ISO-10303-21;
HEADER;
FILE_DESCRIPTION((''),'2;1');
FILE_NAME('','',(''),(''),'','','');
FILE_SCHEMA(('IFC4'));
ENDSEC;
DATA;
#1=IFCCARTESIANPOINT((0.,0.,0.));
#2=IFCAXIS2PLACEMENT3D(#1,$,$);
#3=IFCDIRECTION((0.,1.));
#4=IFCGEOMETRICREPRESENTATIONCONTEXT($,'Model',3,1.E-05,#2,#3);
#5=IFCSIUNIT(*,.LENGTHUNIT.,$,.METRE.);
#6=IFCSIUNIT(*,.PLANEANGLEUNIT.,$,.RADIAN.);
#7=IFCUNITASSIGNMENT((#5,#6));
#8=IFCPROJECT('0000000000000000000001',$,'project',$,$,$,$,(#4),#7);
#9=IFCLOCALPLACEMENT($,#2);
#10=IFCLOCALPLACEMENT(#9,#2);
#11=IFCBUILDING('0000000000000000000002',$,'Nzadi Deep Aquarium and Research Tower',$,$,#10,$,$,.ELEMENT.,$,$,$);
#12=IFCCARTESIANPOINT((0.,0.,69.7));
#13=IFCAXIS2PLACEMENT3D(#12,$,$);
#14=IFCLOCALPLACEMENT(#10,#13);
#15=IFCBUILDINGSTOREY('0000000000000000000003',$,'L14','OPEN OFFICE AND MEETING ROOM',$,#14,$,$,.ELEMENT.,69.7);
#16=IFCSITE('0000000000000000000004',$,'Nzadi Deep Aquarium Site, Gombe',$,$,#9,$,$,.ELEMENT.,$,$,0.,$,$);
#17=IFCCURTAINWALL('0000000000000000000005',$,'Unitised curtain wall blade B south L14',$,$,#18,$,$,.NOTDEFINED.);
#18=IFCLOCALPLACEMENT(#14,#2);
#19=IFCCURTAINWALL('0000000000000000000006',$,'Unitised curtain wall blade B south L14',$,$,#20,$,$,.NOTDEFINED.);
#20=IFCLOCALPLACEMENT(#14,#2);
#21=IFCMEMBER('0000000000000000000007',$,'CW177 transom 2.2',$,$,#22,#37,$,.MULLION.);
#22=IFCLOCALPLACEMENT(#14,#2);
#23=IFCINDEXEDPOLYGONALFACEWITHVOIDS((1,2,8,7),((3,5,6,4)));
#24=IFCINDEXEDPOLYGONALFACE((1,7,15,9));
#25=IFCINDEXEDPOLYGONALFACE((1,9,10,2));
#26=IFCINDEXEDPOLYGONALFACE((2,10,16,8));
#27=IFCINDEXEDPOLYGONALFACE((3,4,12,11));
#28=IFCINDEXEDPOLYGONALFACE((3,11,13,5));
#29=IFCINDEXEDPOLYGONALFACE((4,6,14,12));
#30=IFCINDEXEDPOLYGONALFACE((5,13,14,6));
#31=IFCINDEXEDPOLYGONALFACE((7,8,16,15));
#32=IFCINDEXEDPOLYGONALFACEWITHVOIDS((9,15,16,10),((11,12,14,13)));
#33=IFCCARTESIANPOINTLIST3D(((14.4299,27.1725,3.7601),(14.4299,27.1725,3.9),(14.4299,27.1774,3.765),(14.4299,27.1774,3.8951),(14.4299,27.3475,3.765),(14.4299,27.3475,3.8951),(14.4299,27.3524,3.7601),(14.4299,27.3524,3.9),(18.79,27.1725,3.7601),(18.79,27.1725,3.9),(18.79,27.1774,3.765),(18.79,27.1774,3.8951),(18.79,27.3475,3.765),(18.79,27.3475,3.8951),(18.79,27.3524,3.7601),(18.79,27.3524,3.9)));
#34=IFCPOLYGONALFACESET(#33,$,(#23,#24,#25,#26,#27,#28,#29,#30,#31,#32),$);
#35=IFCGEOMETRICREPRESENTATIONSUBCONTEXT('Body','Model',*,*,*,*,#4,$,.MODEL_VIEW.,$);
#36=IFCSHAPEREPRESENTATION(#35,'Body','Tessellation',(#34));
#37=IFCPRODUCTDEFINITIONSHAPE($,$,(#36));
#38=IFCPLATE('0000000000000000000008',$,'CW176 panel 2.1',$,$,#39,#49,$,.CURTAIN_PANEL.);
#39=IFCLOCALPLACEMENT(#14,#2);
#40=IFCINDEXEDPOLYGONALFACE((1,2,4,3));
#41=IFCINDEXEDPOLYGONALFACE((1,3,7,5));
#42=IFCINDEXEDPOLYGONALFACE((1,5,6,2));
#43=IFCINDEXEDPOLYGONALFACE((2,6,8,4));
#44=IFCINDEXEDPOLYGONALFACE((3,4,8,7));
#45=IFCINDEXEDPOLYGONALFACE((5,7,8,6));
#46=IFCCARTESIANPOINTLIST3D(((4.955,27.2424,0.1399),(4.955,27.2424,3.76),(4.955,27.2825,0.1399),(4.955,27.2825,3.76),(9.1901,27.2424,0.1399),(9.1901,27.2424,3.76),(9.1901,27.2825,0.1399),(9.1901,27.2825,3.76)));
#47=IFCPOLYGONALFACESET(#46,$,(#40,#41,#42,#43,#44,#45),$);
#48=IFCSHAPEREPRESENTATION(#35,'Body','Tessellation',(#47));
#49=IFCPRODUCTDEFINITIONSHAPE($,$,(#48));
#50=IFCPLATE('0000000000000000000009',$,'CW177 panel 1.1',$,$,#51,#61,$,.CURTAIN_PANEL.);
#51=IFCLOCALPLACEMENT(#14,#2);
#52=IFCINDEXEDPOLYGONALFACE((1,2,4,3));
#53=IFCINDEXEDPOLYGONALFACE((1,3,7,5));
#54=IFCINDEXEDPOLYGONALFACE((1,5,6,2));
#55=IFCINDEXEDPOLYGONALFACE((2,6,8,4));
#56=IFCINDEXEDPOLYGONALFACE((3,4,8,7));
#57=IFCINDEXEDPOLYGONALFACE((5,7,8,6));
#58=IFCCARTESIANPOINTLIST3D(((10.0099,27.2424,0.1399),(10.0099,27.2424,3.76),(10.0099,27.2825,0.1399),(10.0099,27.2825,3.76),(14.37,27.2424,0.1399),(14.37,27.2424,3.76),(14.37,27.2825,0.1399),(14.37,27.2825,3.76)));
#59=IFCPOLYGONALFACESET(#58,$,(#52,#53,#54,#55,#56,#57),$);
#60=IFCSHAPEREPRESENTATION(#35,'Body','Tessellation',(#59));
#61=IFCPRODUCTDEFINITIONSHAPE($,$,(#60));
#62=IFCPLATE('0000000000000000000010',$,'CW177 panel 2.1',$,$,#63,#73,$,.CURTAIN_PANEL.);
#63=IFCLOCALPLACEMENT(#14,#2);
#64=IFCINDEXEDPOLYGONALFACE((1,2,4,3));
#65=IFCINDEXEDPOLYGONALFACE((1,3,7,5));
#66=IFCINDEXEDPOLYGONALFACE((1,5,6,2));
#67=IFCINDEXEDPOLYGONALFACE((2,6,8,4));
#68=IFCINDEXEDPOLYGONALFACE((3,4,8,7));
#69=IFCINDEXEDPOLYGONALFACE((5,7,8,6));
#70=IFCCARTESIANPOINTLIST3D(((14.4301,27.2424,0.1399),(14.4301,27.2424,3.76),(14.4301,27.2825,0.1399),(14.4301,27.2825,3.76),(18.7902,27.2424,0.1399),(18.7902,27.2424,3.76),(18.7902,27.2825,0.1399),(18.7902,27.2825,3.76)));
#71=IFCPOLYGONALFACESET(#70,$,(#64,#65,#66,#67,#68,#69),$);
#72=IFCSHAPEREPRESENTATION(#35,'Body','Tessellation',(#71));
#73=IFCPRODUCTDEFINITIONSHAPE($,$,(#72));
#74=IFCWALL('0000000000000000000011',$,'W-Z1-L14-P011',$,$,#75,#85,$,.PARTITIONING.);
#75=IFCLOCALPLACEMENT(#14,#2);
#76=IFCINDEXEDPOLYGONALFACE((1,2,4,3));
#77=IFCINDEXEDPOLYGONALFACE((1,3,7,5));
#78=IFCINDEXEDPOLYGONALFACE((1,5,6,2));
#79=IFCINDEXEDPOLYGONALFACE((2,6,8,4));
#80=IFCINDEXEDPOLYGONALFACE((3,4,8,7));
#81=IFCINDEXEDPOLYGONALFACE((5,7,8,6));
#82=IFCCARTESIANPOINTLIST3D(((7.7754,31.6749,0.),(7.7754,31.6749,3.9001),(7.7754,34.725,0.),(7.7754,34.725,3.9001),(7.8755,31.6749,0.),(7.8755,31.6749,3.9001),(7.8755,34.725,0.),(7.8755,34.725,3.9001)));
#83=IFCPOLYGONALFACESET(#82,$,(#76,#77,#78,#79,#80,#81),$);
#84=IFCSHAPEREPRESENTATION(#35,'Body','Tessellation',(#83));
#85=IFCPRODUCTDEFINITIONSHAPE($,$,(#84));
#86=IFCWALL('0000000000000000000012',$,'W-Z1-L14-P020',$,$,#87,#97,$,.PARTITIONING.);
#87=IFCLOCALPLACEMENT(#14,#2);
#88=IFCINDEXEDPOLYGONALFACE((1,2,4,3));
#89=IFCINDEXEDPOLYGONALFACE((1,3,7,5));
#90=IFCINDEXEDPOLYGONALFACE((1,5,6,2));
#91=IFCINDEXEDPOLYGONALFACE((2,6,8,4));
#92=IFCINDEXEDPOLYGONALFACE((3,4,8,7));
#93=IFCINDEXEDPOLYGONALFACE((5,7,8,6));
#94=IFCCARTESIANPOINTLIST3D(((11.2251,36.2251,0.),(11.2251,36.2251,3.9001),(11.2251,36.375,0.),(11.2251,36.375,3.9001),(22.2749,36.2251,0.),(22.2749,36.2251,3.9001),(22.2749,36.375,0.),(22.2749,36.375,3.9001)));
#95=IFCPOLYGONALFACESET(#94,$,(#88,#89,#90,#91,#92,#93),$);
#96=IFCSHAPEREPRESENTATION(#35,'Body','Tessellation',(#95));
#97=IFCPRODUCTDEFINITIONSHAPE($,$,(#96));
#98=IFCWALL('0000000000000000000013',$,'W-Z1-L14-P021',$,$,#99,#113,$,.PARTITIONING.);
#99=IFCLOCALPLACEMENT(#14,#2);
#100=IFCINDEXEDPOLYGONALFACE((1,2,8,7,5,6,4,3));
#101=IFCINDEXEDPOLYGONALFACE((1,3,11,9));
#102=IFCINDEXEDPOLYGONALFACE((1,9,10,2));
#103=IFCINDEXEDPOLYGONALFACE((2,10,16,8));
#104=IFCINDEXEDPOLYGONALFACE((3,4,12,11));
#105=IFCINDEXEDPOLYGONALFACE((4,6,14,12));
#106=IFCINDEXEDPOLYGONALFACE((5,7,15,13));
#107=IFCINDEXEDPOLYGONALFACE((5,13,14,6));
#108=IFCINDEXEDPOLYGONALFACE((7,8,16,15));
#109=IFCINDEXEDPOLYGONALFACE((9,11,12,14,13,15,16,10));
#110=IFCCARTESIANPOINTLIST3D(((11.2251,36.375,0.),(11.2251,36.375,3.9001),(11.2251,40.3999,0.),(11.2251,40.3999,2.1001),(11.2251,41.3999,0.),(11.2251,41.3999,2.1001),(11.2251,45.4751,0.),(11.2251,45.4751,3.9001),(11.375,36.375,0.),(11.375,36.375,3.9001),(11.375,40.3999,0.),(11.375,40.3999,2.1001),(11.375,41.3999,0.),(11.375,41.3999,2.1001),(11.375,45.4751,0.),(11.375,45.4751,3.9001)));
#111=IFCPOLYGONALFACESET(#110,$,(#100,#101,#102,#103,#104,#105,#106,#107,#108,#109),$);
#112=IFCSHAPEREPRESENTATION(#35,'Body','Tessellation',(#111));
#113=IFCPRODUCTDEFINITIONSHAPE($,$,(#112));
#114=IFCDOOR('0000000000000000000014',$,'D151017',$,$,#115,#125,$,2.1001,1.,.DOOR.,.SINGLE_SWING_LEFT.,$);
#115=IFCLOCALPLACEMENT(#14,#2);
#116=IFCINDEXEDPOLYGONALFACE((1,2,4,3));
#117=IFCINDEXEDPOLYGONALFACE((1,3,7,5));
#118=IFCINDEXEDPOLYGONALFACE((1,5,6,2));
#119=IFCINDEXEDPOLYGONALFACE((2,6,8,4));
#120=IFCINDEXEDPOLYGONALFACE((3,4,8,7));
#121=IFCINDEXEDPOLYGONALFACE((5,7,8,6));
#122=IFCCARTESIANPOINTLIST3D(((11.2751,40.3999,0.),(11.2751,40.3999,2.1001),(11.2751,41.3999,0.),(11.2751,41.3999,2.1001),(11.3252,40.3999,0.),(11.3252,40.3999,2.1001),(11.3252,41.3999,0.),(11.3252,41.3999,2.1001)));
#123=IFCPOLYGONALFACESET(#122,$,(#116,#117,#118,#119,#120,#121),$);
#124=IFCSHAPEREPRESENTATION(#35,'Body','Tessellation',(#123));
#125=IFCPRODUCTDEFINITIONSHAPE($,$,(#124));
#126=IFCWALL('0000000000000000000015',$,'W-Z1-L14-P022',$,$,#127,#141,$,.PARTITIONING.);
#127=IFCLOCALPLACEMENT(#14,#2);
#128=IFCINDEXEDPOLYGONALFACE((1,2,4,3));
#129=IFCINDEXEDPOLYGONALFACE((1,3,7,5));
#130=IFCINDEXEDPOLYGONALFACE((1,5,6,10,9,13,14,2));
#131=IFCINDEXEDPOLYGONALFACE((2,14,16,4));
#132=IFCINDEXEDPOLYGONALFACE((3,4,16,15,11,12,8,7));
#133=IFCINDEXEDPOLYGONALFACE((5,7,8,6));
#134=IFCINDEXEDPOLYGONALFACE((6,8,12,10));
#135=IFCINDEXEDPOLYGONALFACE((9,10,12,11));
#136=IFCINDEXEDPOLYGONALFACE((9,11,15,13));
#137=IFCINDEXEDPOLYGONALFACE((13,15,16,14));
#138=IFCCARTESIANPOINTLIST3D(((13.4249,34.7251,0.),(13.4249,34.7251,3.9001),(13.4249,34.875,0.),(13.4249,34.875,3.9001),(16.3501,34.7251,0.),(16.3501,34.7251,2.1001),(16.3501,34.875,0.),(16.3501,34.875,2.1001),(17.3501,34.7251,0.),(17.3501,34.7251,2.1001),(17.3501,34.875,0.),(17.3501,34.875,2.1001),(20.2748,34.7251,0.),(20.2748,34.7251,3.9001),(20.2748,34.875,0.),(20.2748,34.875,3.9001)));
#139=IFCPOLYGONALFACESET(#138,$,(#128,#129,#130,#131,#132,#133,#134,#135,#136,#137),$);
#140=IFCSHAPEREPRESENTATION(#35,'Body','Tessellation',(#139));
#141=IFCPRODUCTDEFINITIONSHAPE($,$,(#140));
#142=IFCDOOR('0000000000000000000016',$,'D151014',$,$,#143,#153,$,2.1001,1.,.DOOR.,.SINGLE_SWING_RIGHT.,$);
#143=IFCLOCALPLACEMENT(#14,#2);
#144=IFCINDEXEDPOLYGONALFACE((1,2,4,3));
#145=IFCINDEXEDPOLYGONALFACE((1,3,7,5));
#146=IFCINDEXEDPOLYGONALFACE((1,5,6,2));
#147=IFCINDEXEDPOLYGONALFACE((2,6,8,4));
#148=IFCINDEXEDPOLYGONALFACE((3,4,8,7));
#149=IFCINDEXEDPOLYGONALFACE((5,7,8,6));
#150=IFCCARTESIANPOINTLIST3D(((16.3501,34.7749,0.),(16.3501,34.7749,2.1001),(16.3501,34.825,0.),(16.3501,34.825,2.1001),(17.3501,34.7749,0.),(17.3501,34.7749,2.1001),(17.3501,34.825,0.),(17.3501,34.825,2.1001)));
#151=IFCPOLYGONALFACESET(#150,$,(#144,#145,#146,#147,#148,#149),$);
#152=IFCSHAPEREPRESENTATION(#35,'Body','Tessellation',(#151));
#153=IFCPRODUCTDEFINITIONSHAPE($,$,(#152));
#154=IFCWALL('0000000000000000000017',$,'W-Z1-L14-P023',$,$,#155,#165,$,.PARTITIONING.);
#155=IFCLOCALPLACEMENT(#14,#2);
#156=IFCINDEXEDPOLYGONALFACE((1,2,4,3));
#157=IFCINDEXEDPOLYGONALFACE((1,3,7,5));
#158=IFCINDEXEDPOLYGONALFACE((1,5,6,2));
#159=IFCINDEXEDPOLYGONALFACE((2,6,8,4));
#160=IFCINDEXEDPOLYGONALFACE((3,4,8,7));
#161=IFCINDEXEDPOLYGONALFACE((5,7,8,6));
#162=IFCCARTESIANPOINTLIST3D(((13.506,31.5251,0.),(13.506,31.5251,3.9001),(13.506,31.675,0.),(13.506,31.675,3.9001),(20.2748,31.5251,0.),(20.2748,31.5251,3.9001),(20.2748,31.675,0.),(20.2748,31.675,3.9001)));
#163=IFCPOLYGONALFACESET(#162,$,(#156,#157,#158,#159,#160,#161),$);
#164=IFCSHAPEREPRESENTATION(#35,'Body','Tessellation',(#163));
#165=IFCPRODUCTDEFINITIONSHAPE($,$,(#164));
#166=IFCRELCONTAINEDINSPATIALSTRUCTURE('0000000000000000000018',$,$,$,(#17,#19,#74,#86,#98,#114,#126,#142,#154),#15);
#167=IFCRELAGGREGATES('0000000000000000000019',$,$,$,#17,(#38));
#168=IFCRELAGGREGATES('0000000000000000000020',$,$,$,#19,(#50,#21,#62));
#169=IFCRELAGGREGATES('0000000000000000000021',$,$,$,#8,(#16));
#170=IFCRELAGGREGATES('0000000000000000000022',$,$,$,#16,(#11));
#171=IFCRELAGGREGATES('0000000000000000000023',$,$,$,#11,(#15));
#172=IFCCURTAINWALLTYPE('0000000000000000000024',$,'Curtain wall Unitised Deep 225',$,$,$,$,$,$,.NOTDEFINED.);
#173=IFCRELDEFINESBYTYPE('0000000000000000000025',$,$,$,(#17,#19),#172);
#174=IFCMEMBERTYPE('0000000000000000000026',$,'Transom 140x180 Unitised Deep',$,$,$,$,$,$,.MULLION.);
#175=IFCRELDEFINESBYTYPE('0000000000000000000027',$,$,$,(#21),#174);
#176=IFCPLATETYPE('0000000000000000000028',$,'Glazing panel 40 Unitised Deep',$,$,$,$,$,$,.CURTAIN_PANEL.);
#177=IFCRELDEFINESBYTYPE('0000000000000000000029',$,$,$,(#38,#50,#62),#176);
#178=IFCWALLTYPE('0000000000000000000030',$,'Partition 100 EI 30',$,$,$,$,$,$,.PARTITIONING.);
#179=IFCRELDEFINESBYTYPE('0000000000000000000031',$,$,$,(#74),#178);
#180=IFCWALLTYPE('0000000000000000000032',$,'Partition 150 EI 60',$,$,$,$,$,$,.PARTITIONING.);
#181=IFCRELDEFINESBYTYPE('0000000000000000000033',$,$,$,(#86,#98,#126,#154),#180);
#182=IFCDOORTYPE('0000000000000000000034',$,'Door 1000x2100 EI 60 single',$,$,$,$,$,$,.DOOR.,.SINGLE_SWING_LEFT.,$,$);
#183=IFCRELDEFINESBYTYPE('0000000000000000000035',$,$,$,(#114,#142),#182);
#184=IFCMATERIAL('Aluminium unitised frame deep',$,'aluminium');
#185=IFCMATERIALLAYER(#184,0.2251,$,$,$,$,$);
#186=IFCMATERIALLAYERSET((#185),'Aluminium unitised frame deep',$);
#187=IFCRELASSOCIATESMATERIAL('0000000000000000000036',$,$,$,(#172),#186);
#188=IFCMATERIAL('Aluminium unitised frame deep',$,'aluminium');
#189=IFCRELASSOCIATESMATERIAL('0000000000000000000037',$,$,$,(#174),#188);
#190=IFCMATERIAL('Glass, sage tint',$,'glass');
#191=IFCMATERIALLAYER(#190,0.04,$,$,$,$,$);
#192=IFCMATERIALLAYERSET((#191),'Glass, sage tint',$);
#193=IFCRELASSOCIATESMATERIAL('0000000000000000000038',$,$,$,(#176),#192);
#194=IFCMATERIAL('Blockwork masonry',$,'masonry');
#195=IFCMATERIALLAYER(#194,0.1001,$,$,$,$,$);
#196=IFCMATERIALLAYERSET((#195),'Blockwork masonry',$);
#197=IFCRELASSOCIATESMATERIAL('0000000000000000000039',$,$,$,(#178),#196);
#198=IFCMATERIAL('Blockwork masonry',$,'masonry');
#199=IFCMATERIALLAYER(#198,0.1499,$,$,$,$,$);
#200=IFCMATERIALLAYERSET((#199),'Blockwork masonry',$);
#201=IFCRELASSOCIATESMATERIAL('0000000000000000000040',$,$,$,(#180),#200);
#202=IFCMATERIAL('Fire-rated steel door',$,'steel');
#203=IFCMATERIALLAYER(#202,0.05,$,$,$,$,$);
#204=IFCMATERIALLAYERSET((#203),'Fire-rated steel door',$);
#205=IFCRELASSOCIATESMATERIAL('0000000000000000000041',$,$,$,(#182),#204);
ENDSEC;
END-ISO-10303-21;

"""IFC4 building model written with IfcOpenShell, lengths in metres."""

from ifc_helpers import new_model, si_unit, direction, frame, frame_2d, origin, origin_2d, place, context, subcontext, project, spatial, rectangle, hollow_rectangle, extrude, material, layer, layer_set, material_profile, profile_set, type_object, element, fill, aggregate, save


model = new_model("IFC4")

# Units and contexts
model_context = context("Model", 3, precision=1e-05, world=origin(), true_north=direction((0.0, 1.0)))
body_context = subcontext(model_context, "Body", "Model", "MODEL_VIEW")
ifc_project = project(units=[si_unit("LENGTHUNIT", "METRE"), si_unit("PLANEANGLEUNIT", "RADIAN")], contexts=[model_context])

# Site, building, storey
site_placement = place(None, origin())
site = spatial("IfcSite", under=ifc_project, at=site_placement, Name="Nzadi Deep Aquarium Site, Gombe", CompositionType="ELEMENT", RefElevation=0.0)
building_placement = place(site_placement, origin())
building = spatial("IfcBuilding", under=site, at=building_placement, Name="Nzadi Deep Aquarium and Research Tower", CompositionType="ELEMENT")
storey_placement = place(building_placement, frame((0.0, 0.0, 69.7)))
storey = spatial("IfcBuildingStorey", under=building, at=storey_placement, Name="L14", Description="OPEN OFFICE AND MEETING ROOM", CompositionType="ELEMENT", Elevation=69.7)

# Curtain wall
ifc_material_1 = material(Name="Aluminium unitised frame deep", Category="aluminium")
ifc_layer_1 = layer(ifc_material_1, 0.2251)
ifc_layer_set_1 = layer_set([ifc_layer_1], Name="Aluminium unitised frame deep")
curtain_wall_type = type_object("IfcCurtainWallType", Name="Curtain wall Unitised Deep 225", PredefinedType="NOTDEFINED", material=ifc_layer_set_1)
curtain_wall_1_placement = place(storey_placement, origin())
curtain_wall_1 = element("IfcCurtainWall", 1, at=curtain_wall_1_placement, inside=storey, type_object=curtain_wall_type, Name="Unitised curtain wall blade B south L14", PredefinedType="NOTDEFINED")

# Curtain wall
curtain_wall_2_placement = place(storey_placement, origin())
curtain_wall_2 = element("IfcCurtainWall", 2, at=curtain_wall_2_placement, inside=storey, type_object=curtain_wall_type, Name="Unitised curtain wall blade B south L14", PredefinedType="NOTDEFINED")

# Member
ifc_material_2 = material(Name="Aluminium unitised frame deep", Category="aluminium")
ifc_material_profile_1 = material_profile(ifc_material_2, hollow_rectangle(XDim=0.1799, YDim=0.1399, WallThickness=0.0049, at=origin_2d()))
ifc_profile_set_1 = profile_set([ifc_material_profile_1], Name="Aluminium unitised frame deep")
member_type_1 = type_object("IfcMemberType", Name="Transom 140x180 Unitised Deep", PredefinedType="MULLION", material=ifc_profile_set_1)
member_1_placement = place(storey_placement, frame((14.4299, 27.2625, 3.8301), z_axis=(1.0, 0.0, 0.0), x_axis=(0.0, 1.0, 0.0)))
member_1 = element("IfcMember", 3, at=member_1_placement, type_object=member_type_1, Name="CW177 transom 2.2", PredefinedType="MULLION", context=body_context, shape_type="SweptSolid", body=[
    extrude(hollow_rectangle(XDim=0.1799, YDim=0.1399, WallThickness=0.0049, at=origin_2d()), origin(), (0.0, 0.0, 1.0), 4.3601),
])

# Plates
ifc_material_3 = material(Name="Glass, sage tint", Category="glass")
ifc_layer_2 = layer(ifc_material_3, 0.04)
ifc_layer_set_2 = layer_set([ifc_layer_2], Name="Glass, sage tint")
plate_type = type_object("IfcPlateType", Name="Glazing panel 40 Unitised Deep", PredefinedType="CURTAIN_PANEL", material=ifc_layer_set_2)
plate_1_placement = place(storey_placement, frame((7.0725, 27.2625, 0.1399), z_axis=(0.0, 0.0, 1.0), x_axis=(1.0, 0.0, 0.0)))
plate_1 = element("IfcPlate", 4, at=plate_1_placement, type_object=plate_type, Name="CW176 panel 2.1", PredefinedType="CURTAIN_PANEL", context=body_context, shape_type="SweptSolid", body=[
    extrude(rectangle(XDim=4.2351, YDim=0.04, at=origin_2d()), origin(), (0.0, 0.0, 1.0), 3.6201),
])
aggregate(curtain_wall_1, [plate_1])
plate_2_placement = place(storey_placement, frame((12.1899, 27.2625, 0.1399), z_axis=(0.0, 0.0, 1.0), x_axis=(1.0, 0.0, 0.0)))
plate_2 = element("IfcPlate", 5, at=plate_2_placement, type_object=plate_type, Name="CW177 panel 1.1", PredefinedType="CURTAIN_PANEL", context=body_context, shape_type="SweptSolid", body=[
    extrude(rectangle(XDim=4.3601, YDim=0.04, at=origin_2d()), origin(), (0.0, 0.0, 1.0), 3.6201),
])
plate_3_placement = place(storey_placement, frame((16.6101, 27.2625, 0.1399), z_axis=(0.0, 0.0, 1.0), x_axis=(1.0, 0.0, 0.0)))
plate_3 = element("IfcPlate", 6, at=plate_3_placement, type_object=plate_type, Name="CW177 panel 2.1", PredefinedType="CURTAIN_PANEL", context=body_context, shape_type="SweptSolid", body=[
    extrude(rectangle(XDim=4.3601, YDim=0.04, at=origin_2d()), origin(), (0.0, 0.0, 1.0), 3.6201),
])
aggregate(curtain_wall_2, [plate_2, member_1, plate_3])

# Walls
ifc_material_4 = material(Name="Blockwork masonry", Category="masonry")
ifc_layer_3 = layer(ifc_material_4, 0.1001)
ifc_layer_set_3 = layer_set([ifc_layer_3], Name="Blockwork masonry")
wall_type_1 = type_object("IfcWallType", Name="Partition 100 EI 30", PredefinedType="PARTITIONING", material=ifc_layer_set_3)
wall_1_placement = place(storey_placement, frame((7.8254, 31.675, 0.0), z_axis=(0.0, 0.0, 1.0), x_axis=(0.0, 1.0, 0.0)))
element("IfcWall", 7, at=wall_1_placement, inside=storey, type_object=wall_type_1, Name="W-Z1-L14-P011", PredefinedType="PARTITIONING", context=body_context, shape_type="SweptSolid", body=[
    extrude(rectangle(XDim=3.05, YDim=0.1001, at=frame_2d((1.5249, 0.0))), origin(), (0.0, 0.0, 1.0), 3.9001),
])
ifc_material_5 = material(Name="Blockwork masonry", Category="masonry")
ifc_layer_4 = layer(ifc_material_5, 0.1499)
ifc_layer_set_4 = layer_set([ifc_layer_4], Name="Blockwork masonry")
wall_type_2 = type_object("IfcWallType", Name="Partition 150 EI 60", PredefinedType="PARTITIONING", material=ifc_layer_set_4)
wall_2_placement = place(storey_placement, frame((11.2251, 36.3, 0.0), z_axis=(0.0, 0.0, 1.0), x_axis=(1.0, 0.0, 0.0)))
element("IfcWall", 8, at=wall_2_placement, inside=storey, type_object=wall_type_2, Name="W-Z1-L14-P020", PredefinedType="PARTITIONING", context=body_context, shape_type="SweptSolid", body=[
    extrude(rectangle(XDim=11.0498, YDim=0.1499, at=frame_2d((5.5249, 0.0))), origin(), (0.0, 0.0, 1.0), 3.9001),
])

# Walls, openings, doors
wall_3_placement = place(storey_placement, frame((11.3, 36.375, 0.0), z_axis=(0.0, 0.0, 1.0), x_axis=(0.0, 1.0, 0.0)))
wall_3 = element("IfcWall", 9, at=wall_3_placement, inside=storey, type_object=wall_type_2, Name="W-Z1-L14-P021", PredefinedType="PARTITIONING", context=body_context, shape_type="SweptSolid", body=[
    extrude(rectangle(XDim=9.1001, YDim=0.1499, at=frame_2d((4.55, 0.0))), origin(), (0.0, 0.0, 1.0), 3.9001),
])
opening_1_placement = place(wall_3_placement, frame((4.0249, 0.0, 0.0)))
opening_1 = element("IfcOpeningElement", 10, at=opening_1_placement, cuts=wall_3, PredefinedType="OPENING", context=body_context, shape_type="SweptSolid", body=[
    extrude(rectangle(XDim=1.0, YDim=2.1001, at=frame_2d((0.5, 1.05))), frame((0.0, 0.085, 0.0), z_axis=(0.0, -1.0, 0.0), x_axis=(1.0, 0.0, 0.0)), (0.0, 0.0, 1.0), 0.1699),
])
ifc_material_6 = material(Name="Fire-rated steel door", Category="steel")
ifc_layer_5 = layer(ifc_material_6, 0.05)
ifc_layer_set_5 = layer_set([ifc_layer_5], Name="Fire-rated steel door")
door_type_1 = type_object("IfcDoorType", Name="Door 1000x2100 EI 60 single", OperationType="SINGLE_SWING_LEFT", PredefinedType="DOOR", material=ifc_layer_set_5)
door_1_placement = place(opening_1_placement, origin())
door_1 = element("IfcDoor", 11, at=door_1_placement, inside=storey, type_object=door_type_1, Name="D151017", OperationType="SINGLE_SWING_LEFT", OverallHeight=2.1001, OverallWidth=1.0, PredefinedType="DOOR", context=body_context, shape_type="SweptSolid", body=[
    extrude(rectangle(XDim=1.0, YDim=2.1001, at=frame_2d((0.5, 1.05))), frame((0.0, 0.0249, 0.0), z_axis=(0.0, -1.0, 0.0), x_axis=(1.0, 0.0, 0.0)), (0.0, 0.0, 1.0), 0.05),
])
fill(opening_1, door_1)
wall_4_placement = place(storey_placement, frame((13.425, 34.8, 0.0), z_axis=(0.0, 0.0, 1.0), x_axis=(1.0, 0.0, 0.0)))
wall_4 = element("IfcWall", 12, at=wall_4_placement, inside=storey, type_object=wall_type_2, Name="W-Z1-L14-P022", PredefinedType="PARTITIONING", context=body_context, shape_type="SweptSolid", body=[
    extrude(rectangle(XDim=6.8499, YDim=0.1499, at=frame_2d((3.4248, 0.0))), origin(), (0.0, 0.0, 1.0), 3.9001),
])
opening_2_placement = place(wall_4_placement, frame((2.925, 0.0, 0.0)))
opening_2 = element("IfcOpeningElement", 13, at=opening_2_placement, cuts=wall_4, PredefinedType="OPENING", context=body_context, shape_type="SweptSolid", body=[
    extrude(rectangle(XDim=1.0, YDim=2.1001, at=frame_2d((0.5, 1.05))), frame((0.0, 0.085, 0.0), z_axis=(0.0, -1.0, 0.0), x_axis=(1.0, 0.0, 0.0)), (0.0, 0.0, 1.0), 0.1699),
])
door_2_placement = place(opening_2_placement, origin())
door_2 = element("IfcDoor", 14, at=door_2_placement, inside=storey, type_object=door_type_1, Name="D151014", OperationType="SINGLE_SWING_RIGHT", OverallHeight=2.1001, OverallWidth=1.0, PredefinedType="DOOR", context=body_context, shape_type="SweptSolid", body=[
    extrude(rectangle(XDim=1.0, YDim=2.1001, at=frame_2d((0.5, 1.05))), frame((0.0, 0.0249, 0.0), z_axis=(0.0, -1.0, 0.0), x_axis=(1.0, 0.0, 0.0)), (0.0, 0.0, 1.0), 0.05),
])
fill(opening_2, door_2)

# Wall
wall_5_placement = place(storey_placement, frame((13.5061, 31.6001, 0.0), z_axis=(0.0, 0.0, 1.0), x_axis=(1.0, 0.0, 0.0)))
element("IfcWall", 15, at=wall_5_placement, inside=storey, type_object=wall_type_2, Name="W-Z1-L14-P023", PredefinedType="PARTITIONING", context=body_context, shape_type="SweptSolid", body=[
    extrude(rectangle(XDim=6.7688, YDim=0.1499, at=frame_2d((3.3843, 0.0))), origin(), (0.0, 0.0, 1.0), 3.9001),
])

save(model, "model.ifc")
